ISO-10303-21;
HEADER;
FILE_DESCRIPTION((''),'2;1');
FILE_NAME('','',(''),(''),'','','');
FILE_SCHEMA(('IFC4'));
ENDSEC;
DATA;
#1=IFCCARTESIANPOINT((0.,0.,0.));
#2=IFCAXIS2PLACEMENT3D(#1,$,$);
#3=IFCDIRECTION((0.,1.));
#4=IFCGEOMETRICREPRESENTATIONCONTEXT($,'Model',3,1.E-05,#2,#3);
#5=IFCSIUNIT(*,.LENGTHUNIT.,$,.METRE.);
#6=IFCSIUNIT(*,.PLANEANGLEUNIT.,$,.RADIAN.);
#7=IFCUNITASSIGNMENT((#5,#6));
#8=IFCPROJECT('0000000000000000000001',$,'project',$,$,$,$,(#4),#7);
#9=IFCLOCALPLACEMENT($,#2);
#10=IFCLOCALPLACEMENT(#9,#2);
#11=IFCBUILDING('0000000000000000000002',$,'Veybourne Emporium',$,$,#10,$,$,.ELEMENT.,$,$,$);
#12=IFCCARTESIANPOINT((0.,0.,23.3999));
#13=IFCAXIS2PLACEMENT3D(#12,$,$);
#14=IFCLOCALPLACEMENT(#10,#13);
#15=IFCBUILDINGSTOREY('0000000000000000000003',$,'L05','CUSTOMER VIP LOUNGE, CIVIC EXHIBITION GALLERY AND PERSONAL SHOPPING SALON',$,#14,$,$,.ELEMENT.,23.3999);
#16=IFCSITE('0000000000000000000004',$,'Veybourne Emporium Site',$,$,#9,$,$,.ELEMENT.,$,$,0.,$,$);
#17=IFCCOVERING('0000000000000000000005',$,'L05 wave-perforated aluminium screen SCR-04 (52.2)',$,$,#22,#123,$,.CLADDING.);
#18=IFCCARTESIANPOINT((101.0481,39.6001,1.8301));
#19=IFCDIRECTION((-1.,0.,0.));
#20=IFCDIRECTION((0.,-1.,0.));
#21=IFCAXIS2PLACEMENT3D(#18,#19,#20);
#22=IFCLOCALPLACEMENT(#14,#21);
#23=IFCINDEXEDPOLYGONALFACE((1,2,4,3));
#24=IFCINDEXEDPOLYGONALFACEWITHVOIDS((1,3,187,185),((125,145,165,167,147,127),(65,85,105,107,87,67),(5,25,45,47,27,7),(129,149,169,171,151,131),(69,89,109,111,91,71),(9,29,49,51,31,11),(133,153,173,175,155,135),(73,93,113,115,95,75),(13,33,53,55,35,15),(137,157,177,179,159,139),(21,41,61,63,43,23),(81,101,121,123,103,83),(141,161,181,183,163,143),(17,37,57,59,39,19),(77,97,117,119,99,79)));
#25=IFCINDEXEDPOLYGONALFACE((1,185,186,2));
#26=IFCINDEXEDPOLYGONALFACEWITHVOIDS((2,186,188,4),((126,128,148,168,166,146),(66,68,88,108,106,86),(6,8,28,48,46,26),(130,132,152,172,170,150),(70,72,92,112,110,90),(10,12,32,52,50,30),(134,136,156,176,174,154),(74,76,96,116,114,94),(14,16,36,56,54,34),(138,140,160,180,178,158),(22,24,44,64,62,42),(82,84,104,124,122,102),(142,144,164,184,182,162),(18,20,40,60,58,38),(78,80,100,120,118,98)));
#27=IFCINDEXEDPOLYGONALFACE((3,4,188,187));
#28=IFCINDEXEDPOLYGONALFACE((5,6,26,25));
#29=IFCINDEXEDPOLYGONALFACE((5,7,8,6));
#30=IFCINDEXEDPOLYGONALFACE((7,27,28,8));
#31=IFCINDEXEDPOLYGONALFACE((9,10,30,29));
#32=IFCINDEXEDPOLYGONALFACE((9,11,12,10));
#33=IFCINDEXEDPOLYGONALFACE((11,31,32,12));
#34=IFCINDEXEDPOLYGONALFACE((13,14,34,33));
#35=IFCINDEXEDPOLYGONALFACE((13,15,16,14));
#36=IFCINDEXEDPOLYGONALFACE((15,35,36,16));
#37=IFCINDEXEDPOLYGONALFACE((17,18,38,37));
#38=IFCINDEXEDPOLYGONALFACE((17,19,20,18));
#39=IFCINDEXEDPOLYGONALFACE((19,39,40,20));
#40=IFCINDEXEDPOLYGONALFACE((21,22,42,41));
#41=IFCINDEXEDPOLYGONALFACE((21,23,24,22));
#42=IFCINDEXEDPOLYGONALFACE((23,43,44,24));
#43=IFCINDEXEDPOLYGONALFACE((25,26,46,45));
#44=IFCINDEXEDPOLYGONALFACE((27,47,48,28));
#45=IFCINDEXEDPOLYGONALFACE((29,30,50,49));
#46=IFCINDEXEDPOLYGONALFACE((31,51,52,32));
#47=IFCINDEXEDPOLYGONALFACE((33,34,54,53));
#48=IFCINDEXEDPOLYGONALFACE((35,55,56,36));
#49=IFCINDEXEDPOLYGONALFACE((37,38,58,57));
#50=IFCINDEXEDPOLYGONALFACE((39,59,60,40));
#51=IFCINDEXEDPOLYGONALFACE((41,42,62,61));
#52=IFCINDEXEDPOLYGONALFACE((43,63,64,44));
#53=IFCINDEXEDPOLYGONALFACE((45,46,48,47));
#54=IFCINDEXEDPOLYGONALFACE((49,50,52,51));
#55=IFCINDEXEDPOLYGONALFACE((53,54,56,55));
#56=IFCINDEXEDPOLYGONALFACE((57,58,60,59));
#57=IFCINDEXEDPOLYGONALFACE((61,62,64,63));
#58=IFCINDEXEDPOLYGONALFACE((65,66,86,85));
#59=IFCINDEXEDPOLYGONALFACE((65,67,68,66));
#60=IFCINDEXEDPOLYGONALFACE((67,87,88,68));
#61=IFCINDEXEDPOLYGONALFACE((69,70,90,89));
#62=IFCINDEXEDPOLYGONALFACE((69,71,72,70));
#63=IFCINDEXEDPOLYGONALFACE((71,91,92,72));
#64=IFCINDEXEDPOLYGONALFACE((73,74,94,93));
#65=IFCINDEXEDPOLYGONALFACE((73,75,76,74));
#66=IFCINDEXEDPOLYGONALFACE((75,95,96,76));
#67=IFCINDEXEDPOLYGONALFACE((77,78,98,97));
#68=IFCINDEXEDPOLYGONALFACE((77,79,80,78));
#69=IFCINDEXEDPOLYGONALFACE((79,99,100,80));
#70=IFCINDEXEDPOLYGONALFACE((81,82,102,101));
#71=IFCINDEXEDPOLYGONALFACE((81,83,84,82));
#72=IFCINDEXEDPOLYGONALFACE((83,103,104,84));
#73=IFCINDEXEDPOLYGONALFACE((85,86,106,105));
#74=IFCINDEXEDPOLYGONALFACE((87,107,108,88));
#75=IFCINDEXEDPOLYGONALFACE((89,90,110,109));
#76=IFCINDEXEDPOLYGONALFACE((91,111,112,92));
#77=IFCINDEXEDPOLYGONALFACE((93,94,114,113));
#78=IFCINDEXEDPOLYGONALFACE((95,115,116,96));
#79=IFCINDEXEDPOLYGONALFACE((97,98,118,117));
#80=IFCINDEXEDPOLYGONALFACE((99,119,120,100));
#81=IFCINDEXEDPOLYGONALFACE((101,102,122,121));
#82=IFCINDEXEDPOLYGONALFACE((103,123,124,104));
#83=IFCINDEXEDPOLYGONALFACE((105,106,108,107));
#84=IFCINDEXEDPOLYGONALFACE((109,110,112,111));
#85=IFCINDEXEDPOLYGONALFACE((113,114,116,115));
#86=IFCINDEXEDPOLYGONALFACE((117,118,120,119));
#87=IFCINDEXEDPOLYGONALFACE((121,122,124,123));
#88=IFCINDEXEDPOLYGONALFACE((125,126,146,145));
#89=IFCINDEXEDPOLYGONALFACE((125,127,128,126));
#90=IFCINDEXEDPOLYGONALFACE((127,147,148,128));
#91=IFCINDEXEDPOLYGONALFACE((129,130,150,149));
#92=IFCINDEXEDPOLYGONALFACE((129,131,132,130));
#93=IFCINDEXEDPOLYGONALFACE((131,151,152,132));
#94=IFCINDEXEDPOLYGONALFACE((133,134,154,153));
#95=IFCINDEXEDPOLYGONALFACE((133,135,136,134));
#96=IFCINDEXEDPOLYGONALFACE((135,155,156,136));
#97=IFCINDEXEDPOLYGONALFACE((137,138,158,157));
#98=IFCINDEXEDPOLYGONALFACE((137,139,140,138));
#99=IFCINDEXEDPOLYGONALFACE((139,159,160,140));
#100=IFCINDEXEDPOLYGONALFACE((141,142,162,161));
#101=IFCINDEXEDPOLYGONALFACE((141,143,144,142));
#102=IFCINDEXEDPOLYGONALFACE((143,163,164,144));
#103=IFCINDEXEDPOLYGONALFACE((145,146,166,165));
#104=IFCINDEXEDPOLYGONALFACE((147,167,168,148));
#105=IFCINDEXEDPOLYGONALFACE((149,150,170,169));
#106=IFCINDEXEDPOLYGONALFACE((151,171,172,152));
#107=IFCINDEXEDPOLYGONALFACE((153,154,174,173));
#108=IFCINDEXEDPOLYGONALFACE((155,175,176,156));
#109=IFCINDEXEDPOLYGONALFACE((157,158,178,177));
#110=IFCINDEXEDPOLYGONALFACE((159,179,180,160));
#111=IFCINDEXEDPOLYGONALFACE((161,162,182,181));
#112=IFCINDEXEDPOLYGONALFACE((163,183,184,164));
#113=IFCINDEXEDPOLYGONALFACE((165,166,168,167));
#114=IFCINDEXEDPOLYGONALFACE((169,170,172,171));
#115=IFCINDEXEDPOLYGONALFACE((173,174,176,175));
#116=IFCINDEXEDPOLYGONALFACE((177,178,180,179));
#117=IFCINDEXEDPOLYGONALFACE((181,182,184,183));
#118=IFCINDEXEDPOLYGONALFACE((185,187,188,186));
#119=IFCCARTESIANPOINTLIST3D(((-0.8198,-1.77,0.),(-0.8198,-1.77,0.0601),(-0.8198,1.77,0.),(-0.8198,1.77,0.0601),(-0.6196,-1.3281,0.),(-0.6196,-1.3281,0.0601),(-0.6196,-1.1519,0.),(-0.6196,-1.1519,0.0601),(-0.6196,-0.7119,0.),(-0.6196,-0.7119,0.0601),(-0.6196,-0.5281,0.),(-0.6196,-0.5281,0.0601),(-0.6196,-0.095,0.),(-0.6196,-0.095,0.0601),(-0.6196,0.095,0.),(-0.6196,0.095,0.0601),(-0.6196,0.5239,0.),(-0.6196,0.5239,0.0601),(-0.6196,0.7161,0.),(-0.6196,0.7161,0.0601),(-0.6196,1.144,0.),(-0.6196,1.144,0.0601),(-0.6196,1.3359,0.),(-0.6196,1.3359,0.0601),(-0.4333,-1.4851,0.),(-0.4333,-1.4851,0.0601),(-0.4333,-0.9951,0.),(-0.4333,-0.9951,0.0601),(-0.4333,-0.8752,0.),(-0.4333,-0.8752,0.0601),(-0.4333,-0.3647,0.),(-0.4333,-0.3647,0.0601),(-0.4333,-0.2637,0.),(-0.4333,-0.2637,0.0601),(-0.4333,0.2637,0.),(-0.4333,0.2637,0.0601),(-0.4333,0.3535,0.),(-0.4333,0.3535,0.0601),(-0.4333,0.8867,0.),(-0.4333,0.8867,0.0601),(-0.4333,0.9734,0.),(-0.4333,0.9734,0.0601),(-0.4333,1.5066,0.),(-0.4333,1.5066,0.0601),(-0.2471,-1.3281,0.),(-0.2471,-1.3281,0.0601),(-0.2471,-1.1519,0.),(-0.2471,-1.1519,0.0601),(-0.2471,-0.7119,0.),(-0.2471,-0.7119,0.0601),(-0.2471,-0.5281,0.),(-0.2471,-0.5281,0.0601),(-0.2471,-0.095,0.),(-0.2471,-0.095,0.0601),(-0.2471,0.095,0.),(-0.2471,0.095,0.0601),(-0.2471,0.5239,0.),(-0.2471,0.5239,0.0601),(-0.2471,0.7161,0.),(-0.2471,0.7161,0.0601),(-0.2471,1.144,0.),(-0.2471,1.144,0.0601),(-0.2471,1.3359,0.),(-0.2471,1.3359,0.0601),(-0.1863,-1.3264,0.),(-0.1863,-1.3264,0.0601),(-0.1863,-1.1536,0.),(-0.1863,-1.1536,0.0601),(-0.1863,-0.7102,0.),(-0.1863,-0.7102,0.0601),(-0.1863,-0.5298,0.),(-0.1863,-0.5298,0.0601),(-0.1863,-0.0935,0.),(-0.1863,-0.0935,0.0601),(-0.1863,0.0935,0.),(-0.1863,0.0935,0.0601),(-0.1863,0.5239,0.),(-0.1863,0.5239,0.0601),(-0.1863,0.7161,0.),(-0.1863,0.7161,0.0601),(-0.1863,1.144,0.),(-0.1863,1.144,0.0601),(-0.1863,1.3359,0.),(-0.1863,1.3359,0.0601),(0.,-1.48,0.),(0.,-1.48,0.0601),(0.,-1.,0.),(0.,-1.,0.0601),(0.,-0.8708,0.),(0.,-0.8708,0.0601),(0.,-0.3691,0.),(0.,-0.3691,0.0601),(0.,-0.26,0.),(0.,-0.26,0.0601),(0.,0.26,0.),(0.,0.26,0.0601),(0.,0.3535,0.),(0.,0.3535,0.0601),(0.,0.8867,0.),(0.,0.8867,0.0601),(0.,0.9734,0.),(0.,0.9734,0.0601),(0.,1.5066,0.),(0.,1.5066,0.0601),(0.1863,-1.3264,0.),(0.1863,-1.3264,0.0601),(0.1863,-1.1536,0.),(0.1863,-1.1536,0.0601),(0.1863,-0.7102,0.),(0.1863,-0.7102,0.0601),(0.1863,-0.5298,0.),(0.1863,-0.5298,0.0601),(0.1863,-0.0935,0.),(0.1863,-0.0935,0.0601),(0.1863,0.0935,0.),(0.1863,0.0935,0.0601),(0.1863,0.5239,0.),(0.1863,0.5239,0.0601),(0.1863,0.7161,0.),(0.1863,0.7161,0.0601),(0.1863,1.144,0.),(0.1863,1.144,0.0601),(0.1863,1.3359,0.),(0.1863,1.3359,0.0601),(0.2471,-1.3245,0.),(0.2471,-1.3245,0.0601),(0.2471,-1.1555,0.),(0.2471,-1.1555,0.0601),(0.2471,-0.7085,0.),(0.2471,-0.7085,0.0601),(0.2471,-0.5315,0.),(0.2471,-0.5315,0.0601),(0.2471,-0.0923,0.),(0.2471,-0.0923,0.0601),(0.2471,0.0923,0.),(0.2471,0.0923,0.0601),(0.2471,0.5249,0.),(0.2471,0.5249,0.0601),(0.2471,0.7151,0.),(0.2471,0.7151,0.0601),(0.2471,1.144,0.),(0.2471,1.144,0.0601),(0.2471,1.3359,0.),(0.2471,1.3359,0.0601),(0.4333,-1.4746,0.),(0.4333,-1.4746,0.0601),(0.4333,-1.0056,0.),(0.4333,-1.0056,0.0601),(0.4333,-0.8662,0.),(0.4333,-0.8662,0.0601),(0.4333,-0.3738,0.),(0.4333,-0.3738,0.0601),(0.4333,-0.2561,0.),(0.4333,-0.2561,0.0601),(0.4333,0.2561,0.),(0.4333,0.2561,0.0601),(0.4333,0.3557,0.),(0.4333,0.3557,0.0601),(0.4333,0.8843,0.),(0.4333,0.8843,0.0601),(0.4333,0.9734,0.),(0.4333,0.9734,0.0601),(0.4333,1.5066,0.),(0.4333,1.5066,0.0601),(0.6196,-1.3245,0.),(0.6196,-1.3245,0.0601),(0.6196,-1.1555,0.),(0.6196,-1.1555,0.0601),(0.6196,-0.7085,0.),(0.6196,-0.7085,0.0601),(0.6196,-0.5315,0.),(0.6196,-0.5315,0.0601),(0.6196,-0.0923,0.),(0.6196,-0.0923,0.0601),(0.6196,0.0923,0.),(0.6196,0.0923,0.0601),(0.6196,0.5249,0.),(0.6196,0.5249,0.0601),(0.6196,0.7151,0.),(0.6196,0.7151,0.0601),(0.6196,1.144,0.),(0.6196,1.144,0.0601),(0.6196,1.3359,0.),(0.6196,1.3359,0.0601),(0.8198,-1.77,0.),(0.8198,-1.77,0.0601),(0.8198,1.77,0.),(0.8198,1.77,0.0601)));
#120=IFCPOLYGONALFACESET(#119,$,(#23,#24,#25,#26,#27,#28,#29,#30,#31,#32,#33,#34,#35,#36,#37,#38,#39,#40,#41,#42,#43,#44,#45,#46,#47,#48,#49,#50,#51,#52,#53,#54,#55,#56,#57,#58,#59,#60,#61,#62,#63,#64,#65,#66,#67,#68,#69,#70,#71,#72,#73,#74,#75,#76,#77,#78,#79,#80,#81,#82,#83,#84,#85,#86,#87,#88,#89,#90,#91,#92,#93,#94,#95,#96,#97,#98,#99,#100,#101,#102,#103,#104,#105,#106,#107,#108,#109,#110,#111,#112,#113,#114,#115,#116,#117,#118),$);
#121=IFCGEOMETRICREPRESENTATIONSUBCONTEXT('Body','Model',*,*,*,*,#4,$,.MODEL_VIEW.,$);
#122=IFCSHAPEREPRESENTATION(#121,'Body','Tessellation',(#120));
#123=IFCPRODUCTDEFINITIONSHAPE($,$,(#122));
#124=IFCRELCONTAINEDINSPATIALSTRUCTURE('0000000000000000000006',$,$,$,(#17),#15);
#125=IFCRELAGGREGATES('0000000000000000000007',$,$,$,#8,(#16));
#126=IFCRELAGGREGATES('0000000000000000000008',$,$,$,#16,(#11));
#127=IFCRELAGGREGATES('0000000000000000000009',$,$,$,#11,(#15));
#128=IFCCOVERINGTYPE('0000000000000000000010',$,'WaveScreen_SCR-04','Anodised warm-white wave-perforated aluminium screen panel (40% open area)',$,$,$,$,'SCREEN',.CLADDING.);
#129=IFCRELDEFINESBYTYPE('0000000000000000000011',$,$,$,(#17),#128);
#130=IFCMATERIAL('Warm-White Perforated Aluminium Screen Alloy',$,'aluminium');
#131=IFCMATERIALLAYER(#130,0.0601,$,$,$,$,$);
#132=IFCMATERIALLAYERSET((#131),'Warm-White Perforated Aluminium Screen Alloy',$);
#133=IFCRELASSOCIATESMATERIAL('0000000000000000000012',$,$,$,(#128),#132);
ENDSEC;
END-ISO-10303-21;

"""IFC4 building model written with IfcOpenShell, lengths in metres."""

from ifc_helpers import new_model, si_unit, direction, frame, origin, place, context, subcontext, project, spatial, polyline, outline, extrude, material, layer, layer_set, type_object, element, save


model = new_model("IFC4")

# Units and contexts
model_context = context("Model", 3, precision=1e-05, world=origin(), true_north=direction((0.0, 1.0)))
body_context = subcontext(model_context, "Body", "Model", "MODEL_VIEW")
ifc_project = project(units=[si_unit("LENGTHUNIT", "METRE"), si_unit("PLANEANGLEUNIT", "RADIAN")], contexts=[model_context])

# Site, building, storey
site_placement = place(None, origin())
site = spatial("IfcSite", under=ifc_project, at=site_placement, Name="Veybourne Emporium Site", CompositionType="ELEMENT", RefElevation=0.0)
building_placement = place(site_placement, origin())
building = spatial("IfcBuilding", under=site, at=building_placement, Name="Veybourne Emporium", CompositionType="ELEMENT")
storey_placement = place(building_placement, frame((0.0, 0.0, 23.3999)))
storey = spatial("IfcBuildingStorey", under=building, at=storey_placement, Name="L05", Description="CUSTOMER VIP LOUNGE, CIVIC EXHIBITION GALLERY AND PERSONAL SHOPPING SALON", CompositionType="ELEMENT", Elevation=23.3999)

# Covering
ifc_material_1 = material(Name="Warm-White Perforated Aluminium Screen Alloy", Category="aluminium")
ifc_layer_1 = layer(ifc_material_1, 0.0601)
ifc_layer_set_1 = layer_set([ifc_layer_1], Name="Warm-White Perforated Aluminium Screen Alloy")
covering_type_1 = type_object("IfcCoveringType", Name="WaveScreen_SCR-04", Description="Anodised warm-white wave-perforated aluminium screen panel (40% open area)", ElementType="SCREEN", PredefinedType="CLADDING", material=ifc_layer_set_1)
covering_1_placement = place(storey_placement, frame((101.0481, 39.6001, 1.8301), z_axis=(-1.0, 0.0, 0.0), x_axis=(0.0, -1.0, 0.0)))
element("IfcCovering", 1, at=covering_1_placement, inside=storey, type_object=covering_type_1, Name="L05 wave-perforated aluminium screen SCR-04 (52.2)", PredefinedType="CLADDING", context=body_context, shape_type="SweptSolid", body=[
    extrude(outline(polyline([(-0.8198, -1.77), (0.8198, -1.77), (0.8198, 1.77), (-0.8198, 1.77), (-0.8198, -1.77)]), holes=[polyline([(-0.4333, -0.9951), (-0.2471, -1.1519), (-0.2471, -1.3281), (-0.4333, -1.4851), (-0.6196, -1.3281), (-0.6196, -1.1519), (-0.4333, -0.9951)]), polyline([(-0.4333, -0.3647), (-0.2471, -0.5281), (-0.2471, -0.7119), (-0.4333, -0.8752), (-0.6196, -0.7119), (-0.6196, -0.5281), (-0.4333, -0.3647)]), polyline([(-0.4333, 0.2637), (-0.2471, 0.095), (-0.2471, -0.095), (-0.4333, -0.2637), (-0.6196, -0.095), (-0.6196, 0.095), (-0.4333, 0.2637)]), polyline([(-0.4333, 0.8867), (-0.2471, 0.7161), (-0.2471, 0.5239), (-0.4333, 0.3535), (-0.6196, 0.5239), (-0.6196, 0.7161), (-0.4333, 0.8867)]), polyline([(-0.4333, 1.5066), (-0.2471, 1.3359), (-0.2471, 1.144), (-0.4333, 0.9734), (-0.6196, 1.144), (-0.6196, 1.3359), (-0.4333, 1.5066)]), polyline([(0.0, -1.0), (0.1863, -1.1536), (0.1863, -1.3264), (0.0, -1.48), (-0.1863, -1.3264), (-0.1863, -1.1536), (0.0, -1.0)]), polyline([(0.0, -0.3691), (0.1863, -0.5298), (0.1863, -0.7102), (0.0, -0.8708), (-0.1863, -0.7102), (-0.1863, -0.5298), (0.0, -0.3691)]), polyline([(0.0, 0.26), (0.1863, 0.0935), (0.1863, -0.0935), (0.0, -0.26), (-0.1863, -0.0935), (-0.1863, 0.0935), (0.0, 0.26)]), polyline([(0.0, 0.8867), (0.1863, 0.7161), (0.1863, 0.5239), (0.0, 0.3535), (-0.1863, 0.5239), (-0.1863, 0.7161), (0.0, 0.8867)]), polyline([(0.0, 1.5066), (0.1863, 1.3359), (0.1863, 1.144), (0.0, 0.9734), (-0.1863, 1.144), (-0.1863, 1.3359), (0.0, 1.5066)]), polyline([(0.4333, -1.0056), (0.6196, -1.1555), (0.6196, -1.3245), (0.4333, -1.4746), (0.2471, -1.3245), (0.2471, -1.1555), (0.4333, -1.0056)]), polyline([(0.4333, -0.3738), (0.6196, -0.5315), (0.6196, -0.7085), (0.4333, -0.8662), (0.2471, -0.7085), (0.2471, -0.5315), (0.4333, -0.3738)]), polyline([(0.4333, 0.2561), (0.6196, 0.0923), (0.6196, -0.0923), (0.4333, -0.2561), (0.2471, -0.0923), (0.2471, 0.0923), (0.4333, 0.2561)]), polyline([(0.4333, 0.8843), (0.6196, 0.7151), (0.6196, 0.5249), (0.4333, 0.3557), (0.2471, 0.5249), (0.2471, 0.7151), (0.4333, 0.8843)]), polyline([(0.4333, 1.5066), (0.6196, 1.3359), (0.6196, 1.144), (0.4333, 0.9734), (0.2471, 1.144), (0.2471, 1.3359), (0.4333, 1.5066)])]), origin(), (0.0, 0.0, 1.0), 0.0601),
])

save(model, "model.ifc")
